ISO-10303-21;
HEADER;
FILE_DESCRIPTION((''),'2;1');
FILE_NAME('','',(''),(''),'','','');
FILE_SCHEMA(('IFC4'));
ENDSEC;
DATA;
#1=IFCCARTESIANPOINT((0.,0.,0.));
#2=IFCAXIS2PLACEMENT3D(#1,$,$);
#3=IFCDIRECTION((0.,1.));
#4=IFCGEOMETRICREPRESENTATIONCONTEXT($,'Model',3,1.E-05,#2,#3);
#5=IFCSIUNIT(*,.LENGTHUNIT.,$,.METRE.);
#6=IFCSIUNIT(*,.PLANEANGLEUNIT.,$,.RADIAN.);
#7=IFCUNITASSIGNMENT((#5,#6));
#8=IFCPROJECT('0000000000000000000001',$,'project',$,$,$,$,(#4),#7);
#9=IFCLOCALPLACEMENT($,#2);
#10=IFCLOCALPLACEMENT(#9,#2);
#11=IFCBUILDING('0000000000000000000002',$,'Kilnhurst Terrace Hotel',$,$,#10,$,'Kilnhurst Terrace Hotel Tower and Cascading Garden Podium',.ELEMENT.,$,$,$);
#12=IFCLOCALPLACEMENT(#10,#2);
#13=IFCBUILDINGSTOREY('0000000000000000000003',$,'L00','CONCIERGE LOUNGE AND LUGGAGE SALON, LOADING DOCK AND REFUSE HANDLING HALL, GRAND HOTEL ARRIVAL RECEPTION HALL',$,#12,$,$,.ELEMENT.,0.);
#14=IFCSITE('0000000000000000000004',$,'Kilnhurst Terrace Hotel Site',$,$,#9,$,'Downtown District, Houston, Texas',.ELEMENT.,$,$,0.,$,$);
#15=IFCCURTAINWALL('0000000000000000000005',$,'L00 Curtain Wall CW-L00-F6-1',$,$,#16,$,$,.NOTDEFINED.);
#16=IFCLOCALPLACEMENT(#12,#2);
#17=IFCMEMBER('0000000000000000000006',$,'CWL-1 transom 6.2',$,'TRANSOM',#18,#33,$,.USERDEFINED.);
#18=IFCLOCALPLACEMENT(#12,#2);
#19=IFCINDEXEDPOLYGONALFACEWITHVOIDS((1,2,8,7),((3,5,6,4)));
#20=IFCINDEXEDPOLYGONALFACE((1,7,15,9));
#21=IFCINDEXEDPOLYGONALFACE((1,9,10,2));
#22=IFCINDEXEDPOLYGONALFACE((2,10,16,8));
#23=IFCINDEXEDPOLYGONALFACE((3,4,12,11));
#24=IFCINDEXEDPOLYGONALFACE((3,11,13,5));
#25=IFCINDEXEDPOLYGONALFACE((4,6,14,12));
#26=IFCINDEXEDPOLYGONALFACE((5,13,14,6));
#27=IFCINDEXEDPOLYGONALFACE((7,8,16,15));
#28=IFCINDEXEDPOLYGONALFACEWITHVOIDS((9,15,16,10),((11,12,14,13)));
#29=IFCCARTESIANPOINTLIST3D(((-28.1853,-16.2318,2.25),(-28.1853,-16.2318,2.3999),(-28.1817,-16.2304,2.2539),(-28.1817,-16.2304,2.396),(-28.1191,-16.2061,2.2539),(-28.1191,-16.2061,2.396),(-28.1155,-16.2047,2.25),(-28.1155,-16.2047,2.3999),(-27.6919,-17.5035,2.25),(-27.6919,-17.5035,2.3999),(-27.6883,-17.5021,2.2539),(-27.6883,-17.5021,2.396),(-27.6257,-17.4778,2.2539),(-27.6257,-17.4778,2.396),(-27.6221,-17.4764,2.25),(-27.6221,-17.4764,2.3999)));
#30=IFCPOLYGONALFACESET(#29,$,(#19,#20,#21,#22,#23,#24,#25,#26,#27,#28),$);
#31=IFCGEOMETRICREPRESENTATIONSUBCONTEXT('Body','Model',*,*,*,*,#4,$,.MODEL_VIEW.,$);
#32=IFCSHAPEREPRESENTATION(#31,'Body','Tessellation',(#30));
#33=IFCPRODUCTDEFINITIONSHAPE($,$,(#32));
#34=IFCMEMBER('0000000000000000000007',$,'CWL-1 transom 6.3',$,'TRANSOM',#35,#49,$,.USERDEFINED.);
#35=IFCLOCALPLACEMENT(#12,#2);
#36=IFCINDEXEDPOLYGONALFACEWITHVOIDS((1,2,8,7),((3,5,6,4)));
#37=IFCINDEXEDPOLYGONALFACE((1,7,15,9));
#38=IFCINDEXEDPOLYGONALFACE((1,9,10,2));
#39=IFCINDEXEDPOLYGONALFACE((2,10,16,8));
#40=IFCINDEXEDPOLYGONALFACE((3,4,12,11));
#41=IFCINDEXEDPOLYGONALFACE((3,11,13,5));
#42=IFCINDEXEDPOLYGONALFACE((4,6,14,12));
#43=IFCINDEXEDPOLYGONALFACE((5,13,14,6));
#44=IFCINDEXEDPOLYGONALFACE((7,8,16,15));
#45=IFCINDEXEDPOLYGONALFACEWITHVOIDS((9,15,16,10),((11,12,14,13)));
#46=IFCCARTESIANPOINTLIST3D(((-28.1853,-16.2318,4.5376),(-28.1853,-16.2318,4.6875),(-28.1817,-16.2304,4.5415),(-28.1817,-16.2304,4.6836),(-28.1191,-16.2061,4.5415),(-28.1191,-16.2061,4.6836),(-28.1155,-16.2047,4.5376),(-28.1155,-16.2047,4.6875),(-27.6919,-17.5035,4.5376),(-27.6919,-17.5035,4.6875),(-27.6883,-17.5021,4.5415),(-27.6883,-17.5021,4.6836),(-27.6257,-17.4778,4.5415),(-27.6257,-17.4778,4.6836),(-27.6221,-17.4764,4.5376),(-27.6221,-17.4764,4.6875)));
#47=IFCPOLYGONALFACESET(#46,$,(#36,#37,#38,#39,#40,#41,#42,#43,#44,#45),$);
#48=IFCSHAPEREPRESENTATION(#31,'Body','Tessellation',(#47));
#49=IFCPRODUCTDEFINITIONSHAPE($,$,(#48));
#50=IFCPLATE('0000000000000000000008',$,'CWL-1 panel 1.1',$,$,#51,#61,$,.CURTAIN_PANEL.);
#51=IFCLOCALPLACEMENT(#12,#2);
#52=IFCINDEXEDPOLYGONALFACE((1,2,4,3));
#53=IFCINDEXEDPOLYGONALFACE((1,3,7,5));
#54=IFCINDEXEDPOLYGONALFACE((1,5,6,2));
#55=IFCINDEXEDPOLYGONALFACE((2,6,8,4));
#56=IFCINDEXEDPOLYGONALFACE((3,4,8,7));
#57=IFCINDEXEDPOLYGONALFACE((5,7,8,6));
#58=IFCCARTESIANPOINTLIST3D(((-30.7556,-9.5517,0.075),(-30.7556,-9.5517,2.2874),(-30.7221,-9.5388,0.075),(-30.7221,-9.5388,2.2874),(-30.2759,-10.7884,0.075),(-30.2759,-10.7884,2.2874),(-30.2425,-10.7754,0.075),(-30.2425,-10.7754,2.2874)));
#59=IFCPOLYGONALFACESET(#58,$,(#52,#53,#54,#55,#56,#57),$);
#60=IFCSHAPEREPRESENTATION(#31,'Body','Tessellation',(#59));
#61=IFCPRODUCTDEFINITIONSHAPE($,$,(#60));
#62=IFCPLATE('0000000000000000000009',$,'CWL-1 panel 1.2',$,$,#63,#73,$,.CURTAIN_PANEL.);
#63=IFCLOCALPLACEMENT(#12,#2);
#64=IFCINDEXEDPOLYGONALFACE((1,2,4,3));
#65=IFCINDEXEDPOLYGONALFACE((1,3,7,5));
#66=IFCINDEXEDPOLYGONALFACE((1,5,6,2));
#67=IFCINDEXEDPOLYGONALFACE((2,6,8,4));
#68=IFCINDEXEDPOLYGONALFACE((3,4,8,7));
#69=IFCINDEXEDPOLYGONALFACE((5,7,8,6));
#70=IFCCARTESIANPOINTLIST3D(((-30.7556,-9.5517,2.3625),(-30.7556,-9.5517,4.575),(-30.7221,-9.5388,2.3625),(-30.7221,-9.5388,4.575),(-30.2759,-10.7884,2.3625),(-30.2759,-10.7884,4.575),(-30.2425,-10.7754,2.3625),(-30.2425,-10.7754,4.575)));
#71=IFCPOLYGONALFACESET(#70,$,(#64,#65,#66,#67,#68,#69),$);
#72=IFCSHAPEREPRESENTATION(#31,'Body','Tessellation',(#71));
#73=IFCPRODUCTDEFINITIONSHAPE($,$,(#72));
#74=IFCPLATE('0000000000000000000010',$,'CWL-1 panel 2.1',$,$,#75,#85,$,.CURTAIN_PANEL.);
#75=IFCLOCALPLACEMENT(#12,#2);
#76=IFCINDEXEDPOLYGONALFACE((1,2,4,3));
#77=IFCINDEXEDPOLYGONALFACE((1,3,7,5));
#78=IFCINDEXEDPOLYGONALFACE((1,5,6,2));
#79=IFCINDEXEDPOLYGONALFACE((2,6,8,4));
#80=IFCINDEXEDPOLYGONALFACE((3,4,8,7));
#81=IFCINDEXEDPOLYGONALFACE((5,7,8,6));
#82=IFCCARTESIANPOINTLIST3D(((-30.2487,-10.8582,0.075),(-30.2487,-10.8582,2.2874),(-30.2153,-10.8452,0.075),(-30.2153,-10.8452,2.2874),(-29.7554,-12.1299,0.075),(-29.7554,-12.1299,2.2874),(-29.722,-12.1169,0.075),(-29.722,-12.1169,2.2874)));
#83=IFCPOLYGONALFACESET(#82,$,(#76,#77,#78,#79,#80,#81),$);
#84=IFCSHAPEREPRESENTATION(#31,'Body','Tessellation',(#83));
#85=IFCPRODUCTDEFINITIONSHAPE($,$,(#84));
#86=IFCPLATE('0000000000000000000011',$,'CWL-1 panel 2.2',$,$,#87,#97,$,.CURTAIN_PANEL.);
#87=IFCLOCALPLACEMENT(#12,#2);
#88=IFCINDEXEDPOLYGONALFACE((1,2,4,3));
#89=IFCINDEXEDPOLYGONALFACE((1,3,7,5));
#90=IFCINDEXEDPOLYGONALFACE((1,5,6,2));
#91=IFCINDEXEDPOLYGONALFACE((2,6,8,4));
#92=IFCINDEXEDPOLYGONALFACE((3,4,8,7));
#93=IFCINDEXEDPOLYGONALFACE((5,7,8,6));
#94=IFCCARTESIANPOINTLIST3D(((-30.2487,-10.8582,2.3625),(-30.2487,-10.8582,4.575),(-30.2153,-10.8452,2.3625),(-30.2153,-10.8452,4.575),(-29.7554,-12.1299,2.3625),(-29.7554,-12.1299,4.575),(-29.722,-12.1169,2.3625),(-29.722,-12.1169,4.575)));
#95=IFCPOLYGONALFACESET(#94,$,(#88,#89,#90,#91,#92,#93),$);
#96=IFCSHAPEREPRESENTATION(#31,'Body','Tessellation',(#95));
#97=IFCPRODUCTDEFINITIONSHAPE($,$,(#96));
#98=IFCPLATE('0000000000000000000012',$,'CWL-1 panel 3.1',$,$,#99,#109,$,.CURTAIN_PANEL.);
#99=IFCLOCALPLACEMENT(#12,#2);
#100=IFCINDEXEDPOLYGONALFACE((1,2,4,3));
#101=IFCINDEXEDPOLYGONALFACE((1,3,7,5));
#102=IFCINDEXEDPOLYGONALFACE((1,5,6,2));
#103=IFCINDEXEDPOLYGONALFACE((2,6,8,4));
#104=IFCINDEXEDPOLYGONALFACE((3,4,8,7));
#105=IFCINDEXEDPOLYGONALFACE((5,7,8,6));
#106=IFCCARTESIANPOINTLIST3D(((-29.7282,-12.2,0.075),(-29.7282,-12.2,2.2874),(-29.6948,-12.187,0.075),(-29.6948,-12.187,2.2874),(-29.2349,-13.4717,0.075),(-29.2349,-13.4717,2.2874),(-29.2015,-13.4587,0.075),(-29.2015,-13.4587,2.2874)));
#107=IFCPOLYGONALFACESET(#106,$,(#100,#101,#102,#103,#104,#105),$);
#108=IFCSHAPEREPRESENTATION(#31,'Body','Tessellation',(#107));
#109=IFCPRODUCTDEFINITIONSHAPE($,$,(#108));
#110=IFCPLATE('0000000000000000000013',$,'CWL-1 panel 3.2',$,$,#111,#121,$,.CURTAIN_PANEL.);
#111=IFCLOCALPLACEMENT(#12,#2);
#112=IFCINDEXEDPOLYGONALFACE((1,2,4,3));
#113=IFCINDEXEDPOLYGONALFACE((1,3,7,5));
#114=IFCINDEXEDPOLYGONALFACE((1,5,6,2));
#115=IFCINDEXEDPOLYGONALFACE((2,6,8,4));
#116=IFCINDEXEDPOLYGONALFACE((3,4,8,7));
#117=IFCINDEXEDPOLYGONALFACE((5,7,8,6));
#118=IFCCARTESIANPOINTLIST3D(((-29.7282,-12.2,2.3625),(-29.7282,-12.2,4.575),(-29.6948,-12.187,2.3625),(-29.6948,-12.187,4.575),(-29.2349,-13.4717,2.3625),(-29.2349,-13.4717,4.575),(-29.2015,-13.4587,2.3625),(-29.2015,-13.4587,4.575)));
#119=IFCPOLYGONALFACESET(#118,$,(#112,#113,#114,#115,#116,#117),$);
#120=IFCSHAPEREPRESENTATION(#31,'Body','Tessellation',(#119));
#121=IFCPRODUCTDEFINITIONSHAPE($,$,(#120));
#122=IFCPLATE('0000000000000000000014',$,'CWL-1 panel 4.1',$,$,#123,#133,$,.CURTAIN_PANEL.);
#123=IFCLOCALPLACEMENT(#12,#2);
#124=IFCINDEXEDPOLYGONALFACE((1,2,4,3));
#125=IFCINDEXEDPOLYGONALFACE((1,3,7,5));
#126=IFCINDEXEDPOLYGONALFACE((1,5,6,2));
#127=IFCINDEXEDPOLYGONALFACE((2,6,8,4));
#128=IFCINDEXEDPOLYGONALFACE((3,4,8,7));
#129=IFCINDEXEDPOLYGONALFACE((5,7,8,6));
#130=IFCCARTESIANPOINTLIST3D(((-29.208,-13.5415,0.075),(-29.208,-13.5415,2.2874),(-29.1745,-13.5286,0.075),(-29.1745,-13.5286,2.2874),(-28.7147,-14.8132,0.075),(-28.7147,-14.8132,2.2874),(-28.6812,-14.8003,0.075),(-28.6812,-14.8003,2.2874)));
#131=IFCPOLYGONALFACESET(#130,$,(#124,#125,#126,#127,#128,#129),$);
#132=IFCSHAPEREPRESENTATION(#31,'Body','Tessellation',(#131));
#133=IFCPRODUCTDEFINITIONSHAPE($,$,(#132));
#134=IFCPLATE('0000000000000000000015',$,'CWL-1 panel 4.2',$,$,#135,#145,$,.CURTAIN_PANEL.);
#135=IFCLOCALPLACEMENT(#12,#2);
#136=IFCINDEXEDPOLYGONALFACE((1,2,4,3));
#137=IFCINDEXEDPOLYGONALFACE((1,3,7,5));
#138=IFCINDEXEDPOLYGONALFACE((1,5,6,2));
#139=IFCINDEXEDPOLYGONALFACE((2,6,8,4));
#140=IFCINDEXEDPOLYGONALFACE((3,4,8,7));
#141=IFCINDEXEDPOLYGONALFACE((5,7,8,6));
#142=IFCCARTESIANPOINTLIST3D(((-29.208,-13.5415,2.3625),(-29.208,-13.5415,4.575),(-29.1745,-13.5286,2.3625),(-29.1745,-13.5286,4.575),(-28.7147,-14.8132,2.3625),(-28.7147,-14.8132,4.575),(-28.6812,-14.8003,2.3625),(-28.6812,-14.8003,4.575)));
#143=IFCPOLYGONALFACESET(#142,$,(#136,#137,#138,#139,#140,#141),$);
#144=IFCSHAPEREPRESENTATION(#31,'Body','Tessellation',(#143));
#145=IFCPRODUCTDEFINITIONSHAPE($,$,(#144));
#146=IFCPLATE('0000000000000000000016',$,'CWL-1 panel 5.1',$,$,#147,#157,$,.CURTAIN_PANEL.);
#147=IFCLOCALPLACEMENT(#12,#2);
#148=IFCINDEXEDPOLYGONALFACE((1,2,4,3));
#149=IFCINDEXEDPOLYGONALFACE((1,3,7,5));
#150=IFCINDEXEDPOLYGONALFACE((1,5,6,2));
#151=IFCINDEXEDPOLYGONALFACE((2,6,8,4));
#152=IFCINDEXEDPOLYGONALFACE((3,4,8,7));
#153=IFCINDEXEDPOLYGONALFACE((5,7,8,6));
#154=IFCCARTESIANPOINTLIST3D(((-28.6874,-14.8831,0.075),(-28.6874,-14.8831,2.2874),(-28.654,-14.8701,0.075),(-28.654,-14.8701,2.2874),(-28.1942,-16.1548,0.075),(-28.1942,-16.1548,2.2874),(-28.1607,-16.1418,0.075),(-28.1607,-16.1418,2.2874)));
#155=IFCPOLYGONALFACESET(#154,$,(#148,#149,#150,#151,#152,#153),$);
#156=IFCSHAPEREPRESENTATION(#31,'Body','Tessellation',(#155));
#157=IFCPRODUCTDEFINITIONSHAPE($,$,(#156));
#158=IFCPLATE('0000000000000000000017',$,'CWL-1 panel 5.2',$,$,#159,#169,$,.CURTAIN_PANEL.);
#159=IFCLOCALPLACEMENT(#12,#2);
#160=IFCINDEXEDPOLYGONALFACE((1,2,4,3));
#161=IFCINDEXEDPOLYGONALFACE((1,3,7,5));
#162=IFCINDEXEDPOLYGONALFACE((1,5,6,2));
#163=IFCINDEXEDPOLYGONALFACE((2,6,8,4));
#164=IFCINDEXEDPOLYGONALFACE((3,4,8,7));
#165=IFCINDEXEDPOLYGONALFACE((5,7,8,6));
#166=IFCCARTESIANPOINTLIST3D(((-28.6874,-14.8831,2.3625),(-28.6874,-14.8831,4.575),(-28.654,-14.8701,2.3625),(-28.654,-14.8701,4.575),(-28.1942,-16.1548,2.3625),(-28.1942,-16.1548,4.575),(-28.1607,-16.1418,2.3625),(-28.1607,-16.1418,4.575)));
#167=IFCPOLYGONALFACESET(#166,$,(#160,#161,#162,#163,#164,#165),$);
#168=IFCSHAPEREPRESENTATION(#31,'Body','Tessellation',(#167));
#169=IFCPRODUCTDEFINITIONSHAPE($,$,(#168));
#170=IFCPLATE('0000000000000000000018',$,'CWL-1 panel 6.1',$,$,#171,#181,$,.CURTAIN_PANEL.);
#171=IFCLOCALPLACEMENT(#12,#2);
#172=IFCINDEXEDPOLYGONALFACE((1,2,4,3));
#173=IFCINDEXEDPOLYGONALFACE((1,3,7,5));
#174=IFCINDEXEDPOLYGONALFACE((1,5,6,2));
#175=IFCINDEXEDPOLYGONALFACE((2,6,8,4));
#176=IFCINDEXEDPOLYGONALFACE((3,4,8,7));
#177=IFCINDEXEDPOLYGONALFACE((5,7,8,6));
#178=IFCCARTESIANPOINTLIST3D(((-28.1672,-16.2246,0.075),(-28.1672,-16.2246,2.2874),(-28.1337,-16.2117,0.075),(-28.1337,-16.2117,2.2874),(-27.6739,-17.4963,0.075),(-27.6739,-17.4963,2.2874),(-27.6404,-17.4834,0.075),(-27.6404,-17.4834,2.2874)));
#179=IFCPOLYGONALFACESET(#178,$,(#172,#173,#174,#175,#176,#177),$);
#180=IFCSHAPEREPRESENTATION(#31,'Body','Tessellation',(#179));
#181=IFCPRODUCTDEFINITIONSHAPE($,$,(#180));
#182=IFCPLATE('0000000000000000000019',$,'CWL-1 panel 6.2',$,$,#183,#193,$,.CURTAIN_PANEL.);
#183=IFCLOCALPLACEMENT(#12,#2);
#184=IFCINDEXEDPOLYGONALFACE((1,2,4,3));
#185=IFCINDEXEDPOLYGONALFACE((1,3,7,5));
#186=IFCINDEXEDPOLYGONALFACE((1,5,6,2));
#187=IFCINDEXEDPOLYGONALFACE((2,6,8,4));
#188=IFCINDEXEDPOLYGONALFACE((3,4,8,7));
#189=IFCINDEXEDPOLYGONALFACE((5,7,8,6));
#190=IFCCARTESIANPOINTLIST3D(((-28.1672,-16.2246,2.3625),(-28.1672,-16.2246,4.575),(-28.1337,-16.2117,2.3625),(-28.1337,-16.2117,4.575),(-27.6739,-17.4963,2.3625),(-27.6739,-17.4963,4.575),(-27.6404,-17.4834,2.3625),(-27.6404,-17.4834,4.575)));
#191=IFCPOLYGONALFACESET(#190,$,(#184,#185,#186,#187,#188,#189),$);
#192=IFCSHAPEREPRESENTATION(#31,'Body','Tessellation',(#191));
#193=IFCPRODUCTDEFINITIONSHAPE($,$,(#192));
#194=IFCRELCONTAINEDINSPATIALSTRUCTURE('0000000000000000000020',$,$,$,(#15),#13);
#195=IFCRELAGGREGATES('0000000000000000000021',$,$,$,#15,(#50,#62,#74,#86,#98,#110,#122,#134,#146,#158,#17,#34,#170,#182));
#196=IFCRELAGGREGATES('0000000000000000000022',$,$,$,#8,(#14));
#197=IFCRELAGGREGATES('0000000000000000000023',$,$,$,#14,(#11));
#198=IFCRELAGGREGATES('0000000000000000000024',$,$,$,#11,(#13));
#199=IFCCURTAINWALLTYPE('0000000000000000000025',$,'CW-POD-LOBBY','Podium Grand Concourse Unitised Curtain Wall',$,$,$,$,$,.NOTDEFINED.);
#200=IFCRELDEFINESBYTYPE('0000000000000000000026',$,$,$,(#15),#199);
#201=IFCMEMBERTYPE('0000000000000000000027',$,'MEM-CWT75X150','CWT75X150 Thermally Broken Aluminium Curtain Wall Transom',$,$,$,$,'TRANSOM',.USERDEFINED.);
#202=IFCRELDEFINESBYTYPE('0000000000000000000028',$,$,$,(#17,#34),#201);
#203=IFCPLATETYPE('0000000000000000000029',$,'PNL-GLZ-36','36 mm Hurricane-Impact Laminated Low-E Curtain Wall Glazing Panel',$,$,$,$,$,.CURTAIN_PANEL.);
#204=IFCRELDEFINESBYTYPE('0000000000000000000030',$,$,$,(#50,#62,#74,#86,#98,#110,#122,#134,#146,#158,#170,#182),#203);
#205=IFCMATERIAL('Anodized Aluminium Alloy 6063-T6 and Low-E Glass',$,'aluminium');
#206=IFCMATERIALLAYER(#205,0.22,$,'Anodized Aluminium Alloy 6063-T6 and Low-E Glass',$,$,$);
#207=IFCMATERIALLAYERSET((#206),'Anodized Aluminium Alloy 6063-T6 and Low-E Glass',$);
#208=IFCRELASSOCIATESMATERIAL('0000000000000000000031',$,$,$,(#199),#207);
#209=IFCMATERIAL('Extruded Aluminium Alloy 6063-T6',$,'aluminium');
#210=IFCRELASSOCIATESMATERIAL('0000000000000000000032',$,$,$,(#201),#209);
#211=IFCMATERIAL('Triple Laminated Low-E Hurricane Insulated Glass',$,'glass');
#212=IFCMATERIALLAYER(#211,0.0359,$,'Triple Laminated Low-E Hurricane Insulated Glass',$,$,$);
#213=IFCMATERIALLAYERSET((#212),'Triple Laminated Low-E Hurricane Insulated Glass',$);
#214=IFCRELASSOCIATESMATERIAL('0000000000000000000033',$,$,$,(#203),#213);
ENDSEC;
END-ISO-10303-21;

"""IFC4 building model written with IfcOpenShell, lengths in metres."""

from ifc_helpers import new_model, si_unit, direction, frame, origin, origin_2d, place, context, subcontext, project, spatial, rectangle, hollow_rectangle, extrude, material, layer, layer_set, material_profile, profile_set, type_object, element, aggregate, save


model = new_model("IFC4")

# Units and contexts
model_context = context("Model", 3, precision=1e-05, world=origin(), true_north=direction((0.0, 1.0)))
body_context = subcontext(model_context, "Body", "Model", "MODEL_VIEW")
ifc_project = project(units=[si_unit("LENGTHUNIT", "METRE"), si_unit("PLANEANGLEUNIT", "RADIAN")], contexts=[model_context])

# Site, building, storey
site_placement = place(None, origin())
site = spatial("IfcSite", under=ifc_project, at=site_placement, Name="Kilnhurst Terrace Hotel Site", LongName="Downtown District, Houston, Texas", CompositionType="ELEMENT", RefElevation=0.0)
building_placement = place(site_placement, origin())
building = spatial("IfcBuilding", under=site, at=building_placement, Name="Kilnhurst Terrace Hotel", LongName="Kilnhurst Terrace Hotel Tower and Cascading Garden Podium", CompositionType="ELEMENT")
storey_placement = place(building_placement, origin())
storey = spatial("IfcBuildingStorey", under=building, at=storey_placement, Name="L00", Description="CONCIERGE LOUNGE AND LUGGAGE SALON, LOADING DOCK AND REFUSE HANDLING HALL, GRAND HOTEL ARRIVAL RECEPTION HALL", CompositionType="ELEMENT", Elevation=0.0)

# Curtain wall, members, plates
ifc_material_1 = material(Name="Anodized Aluminium Alloy 6063-T6 and Low-E Glass", Category="aluminium")
ifc_layer_1 = layer(ifc_material_1, 0.22, Name="Anodized Aluminium Alloy 6063-T6 and Low-E Glass")
ifc_layer_set_1 = layer_set([ifc_layer_1], Name="Anodized Aluminium Alloy 6063-T6 and Low-E Glass")
curtain_wall_type = type_object("IfcCurtainWallType", Name="CW-POD-LOBBY", Description="Podium Grand Concourse Unitised Curtain Wall", PredefinedType="NOTDEFINED", material=ifc_layer_set_1)
curtain_wall_placement = place(storey_placement, origin())
curtain_wall = element("IfcCurtainWall", 1, at=curtain_wall_placement, inside=storey, type_object=curtain_wall_type, Name="L00 Curtain Wall CW-L00-F6-1", PredefinedType="NOTDEFINED")
ifc_material_2 = material(Name="Extruded Aluminium Alloy 6063-T6", Category="aluminium")
ifc_material_profile_1 = material_profile(ifc_material_2, hollow_rectangle(XDim=0.075, YDim=0.1499, WallThickness=0.0039, at=origin_2d()), Name="CWT75X150")
ifc_profile_set_1 = profile_set([ifc_material_profile_1], Name="Extruded Aluminium Alloy 6063-T6")
member_type_1 = type_object("IfcMemberType", Name="MEM-CWT75X150", Description="CWT75X150 Thermally Broken Aluminium Curtain Wall Transom", ElementType="TRANSOM", PredefinedType="USERDEFINED", material=ifc_profile_set_1)
member_1_placement = place(storey_placement, frame((-28.1504, -16.2183, 2.325), z_axis=(0.361712, -0.93229, 0.0), x_axis=(0.93229, 0.361712, 0.0)))
member_1 = element("IfcMember", 2, at=member_1_placement, type_object=member_type_1, Name="CWL-1 transom 6.2", ObjectType="TRANSOM", PredefinedType="USERDEFINED", context=body_context, shape_type="SweptSolid", body=[
    extrude(hollow_rectangle(XDim=0.075, YDim=0.1499, WallThickness=0.0039, at=origin_2d()), origin(), (0.0, 0.0, 1.0), 1.364),
])
member_2_placement = place(storey_placement, frame((-28.1504, -16.2183, 4.6125), z_axis=(0.361712, -0.93229, 0.0), x_axis=(0.93229, 0.361712, 0.0)))
member_2 = element("IfcMember", 3, at=member_2_placement, type_object=member_type_1, Name="CWL-1 transom 6.3", ObjectType="TRANSOM", PredefinedType="USERDEFINED", context=body_context, shape_type="SweptSolid", body=[
    extrude(hollow_rectangle(XDim=0.075, YDim=0.1499, WallThickness=0.0039, at=origin_2d()), origin(), (0.0, 0.0, 1.0), 1.364),
])
ifc_material_3 = material(Name="Triple Laminated Low-E Hurricane Insulated Glass", Category="glass")
ifc_layer_2 = layer(ifc_material_3, 0.0359, Name="Triple Laminated Low-E Hurricane Insulated Glass")
ifc_layer_set_2 = layer_set([ifc_layer_2], Name="Triple Laminated Low-E Hurricane Insulated Glass")
plate_type = type_object("IfcPlateType", Name="PNL-GLZ-36", Description="36 mm Hurricane-Impact Laminated Low-E Curtain Wall Glazing Panel", PredefinedType="CURTAIN_PANEL", material=ifc_layer_set_2)
plate_1_placement = place(storey_placement, frame((-30.499, -10.1636, 0.075), z_axis=(0.0, 0.0, 1.0), x_axis=(0.361639, -0.932318, 0.0)))
plate_1 = element("IfcPlate", 4, at=plate_1_placement, type_object=plate_type, Name="CWL-1 panel 1.1", PredefinedType="CURTAIN_PANEL", context=body_context, shape_type="SweptSolid", body=[
    extrude(rectangle(XDim=1.3264, YDim=0.0359, at=origin_2d()), origin(), (0.0, 0.0, 1.0), 2.2124),
])
plate_2_placement = place(storey_placement, frame((-30.499, -10.1636, 2.3625), z_axis=(0.0, 0.0, 1.0), x_axis=(0.361639, -0.932318, 0.0)))
plate_2 = element("IfcPlate", 5, at=plate_2_placement, type_object=plate_type, Name="CWL-1 panel 1.2", PredefinedType="CURTAIN_PANEL", context=body_context, shape_type="SweptSolid", body=[
    extrude(rectangle(XDim=1.3264, YDim=0.0359, at=origin_2d()), origin(), (0.0, 0.0, 1.0), 2.2124),
])
plate_3_placement = place(storey_placement, frame((-29.9854, -11.4875, 0.075), z_axis=(0.0, 0.0, 1.0), x_axis=(0.361639, -0.932318, 0.0)))
plate_3 = element("IfcPlate", 6, at=plate_3_placement, type_object=plate_type, Name="CWL-1 panel 2.1", PredefinedType="CURTAIN_PANEL", context=body_context, shape_type="SweptSolid", body=[
    extrude(rectangle(XDim=1.364, YDim=0.0359, at=origin_2d()), origin(), (0.0, 0.0, 1.0), 2.2124),
])
plate_4_placement = place(storey_placement, frame((-29.9854, -11.4875, 2.3625), z_axis=(0.0, 0.0, 1.0), x_axis=(0.361639, -0.932318, 0.0)))
plate_4 = element("IfcPlate", 7, at=plate_4_placement, type_object=plate_type, Name="CWL-1 panel 2.2", PredefinedType="CURTAIN_PANEL", context=body_context, shape_type="SweptSolid", body=[
    extrude(rectangle(XDim=1.364, YDim=0.0359, at=origin_2d()), origin(), (0.0, 0.0, 1.0), 2.2124),
])
plate_5_placement = place(storey_placement, frame((-29.4648, -12.8293, 0.075), z_axis=(0.0, 0.0, 1.0), x_axis=(0.361639, -0.932318, 0.0)))
plate_5 = element("IfcPlate", 8, at=plate_5_placement, type_object=plate_type, Name="CWL-1 panel 3.1", PredefinedType="CURTAIN_PANEL", context=body_context, shape_type="SweptSolid", body=[
    extrude(rectangle(XDim=1.364, YDim=0.0359, at=origin_2d()), origin(), (0.0, 0.0, 1.0), 2.2124),
])
plate_6_placement = place(storey_placement, frame((-29.4648, -12.8293, 2.3625), z_axis=(0.0, 0.0, 1.0), x_axis=(0.361639, -0.932318, 0.0)))
plate_6 = element("IfcPlate", 9, at=plate_6_placement, type_object=plate_type, Name="CWL-1 panel 3.2", PredefinedType="CURTAIN_PANEL", context=body_context, shape_type="SweptSolid", body=[
    extrude(rectangle(XDim=1.364, YDim=0.0359, at=origin_2d()), origin(), (0.0, 0.0, 1.0), 2.2124),
])
plate_7_placement = place(storey_placement, frame((-28.9446, -14.1709, 0.075), z_axis=(0.0, 0.0, 1.0), x_axis=(0.361639, -0.932318, 0.0)))
plate_7 = element("IfcPlate", 10, at=plate_7_placement, type_object=plate_type, Name="CWL-1 panel 4.1", PredefinedType="CURTAIN_PANEL", context=body_context, shape_type="SweptSolid", body=[
    extrude(rectangle(XDim=1.364, YDim=0.0359, at=origin_2d()), origin(), (0.0, 0.0, 1.0), 2.2124),
])
plate_8_placement = place(storey_placement, frame((-28.9446, -14.1709, 2.3625), z_axis=(0.0, 0.0, 1.0), x_axis=(0.361639, -0.932318, 0.0)))
plate_8 = element("IfcPlate", 11, at=plate_8_placement, type_object=plate_type, Name="CWL-1 panel 4.2", PredefinedType="CURTAIN_PANEL", context=body_context, shape_type="SweptSolid", body=[
    extrude(rectangle(XDim=1.364, YDim=0.0359, at=origin_2d()), origin(), (0.0, 0.0, 1.0), 2.2124),
])
plate_9_placement = place(storey_placement, frame((-28.4241, -15.5125, 0.075), z_axis=(0.0, 0.0, 1.0), x_axis=(0.361639, -0.932318, 0.0)))
plate_9 = element("IfcPlate", 12, at=plate_9_placement, type_object=plate_type, Name="CWL-1 panel 5.1", PredefinedType="CURTAIN_PANEL", context=body_context, shape_type="SweptSolid", body=[
    extrude(rectangle(XDim=1.364, YDim=0.0359, at=origin_2d()), origin(), (0.0, 0.0, 1.0), 2.2124),
])
plate_10_placement = place(storey_placement, frame((-28.4241, -15.5125, 2.3625), z_axis=(0.0, 0.0, 1.0), x_axis=(0.361639, -0.932318, 0.0)))
plate_10 = element("IfcPlate", 13, at=plate_10_placement, type_object=plate_type, Name="CWL-1 panel 5.2", PredefinedType="CURTAIN_PANEL", context=body_context, shape_type="SweptSolid", body=[
    extrude(rectangle(XDim=1.364, YDim=0.0359, at=origin_2d()), origin(), (0.0, 0.0, 1.0), 2.2124),
])
plate_11_placement = place(storey_placement, frame((-27.9038, -16.854, 0.075), z_axis=(0.0, 0.0, 1.0), x_axis=(0.361639, -0.932318, 0.0)))
plate_11 = element("IfcPlate", 14, at=plate_11_placement, type_object=plate_type, Name="CWL-1 panel 6.1", PredefinedType="CURTAIN_PANEL", context=body_context, shape_type="SweptSolid", body=[
    extrude(rectangle(XDim=1.364, YDim=0.0359, at=origin_2d()), origin(), (0.0, 0.0, 1.0), 2.2124),
])
plate_12_placement = place(storey_placement, frame((-27.9038, -16.854, 2.3625), z_axis=(0.0, 0.0, 1.0), x_axis=(0.361639, -0.932318, 0.0)))
plate_12 = element("IfcPlate", 15, at=plate_12_placement, type_object=plate_type, Name="CWL-1 panel 6.2", PredefinedType="CURTAIN_PANEL", context=body_context, shape_type="SweptSolid", body=[
    extrude(rectangle(XDim=1.364, YDim=0.0359, at=origin_2d()), origin(), (0.0, 0.0, 1.0), 2.2124),
])
aggregate(curtain_wall, [plate_1, plate_2, plate_3, plate_4, plate_5, plate_6, plate_7, plate_8, plate_9, plate_10, member_1, member_2, plate_11, plate_12])

save(model, "model.ifc")
